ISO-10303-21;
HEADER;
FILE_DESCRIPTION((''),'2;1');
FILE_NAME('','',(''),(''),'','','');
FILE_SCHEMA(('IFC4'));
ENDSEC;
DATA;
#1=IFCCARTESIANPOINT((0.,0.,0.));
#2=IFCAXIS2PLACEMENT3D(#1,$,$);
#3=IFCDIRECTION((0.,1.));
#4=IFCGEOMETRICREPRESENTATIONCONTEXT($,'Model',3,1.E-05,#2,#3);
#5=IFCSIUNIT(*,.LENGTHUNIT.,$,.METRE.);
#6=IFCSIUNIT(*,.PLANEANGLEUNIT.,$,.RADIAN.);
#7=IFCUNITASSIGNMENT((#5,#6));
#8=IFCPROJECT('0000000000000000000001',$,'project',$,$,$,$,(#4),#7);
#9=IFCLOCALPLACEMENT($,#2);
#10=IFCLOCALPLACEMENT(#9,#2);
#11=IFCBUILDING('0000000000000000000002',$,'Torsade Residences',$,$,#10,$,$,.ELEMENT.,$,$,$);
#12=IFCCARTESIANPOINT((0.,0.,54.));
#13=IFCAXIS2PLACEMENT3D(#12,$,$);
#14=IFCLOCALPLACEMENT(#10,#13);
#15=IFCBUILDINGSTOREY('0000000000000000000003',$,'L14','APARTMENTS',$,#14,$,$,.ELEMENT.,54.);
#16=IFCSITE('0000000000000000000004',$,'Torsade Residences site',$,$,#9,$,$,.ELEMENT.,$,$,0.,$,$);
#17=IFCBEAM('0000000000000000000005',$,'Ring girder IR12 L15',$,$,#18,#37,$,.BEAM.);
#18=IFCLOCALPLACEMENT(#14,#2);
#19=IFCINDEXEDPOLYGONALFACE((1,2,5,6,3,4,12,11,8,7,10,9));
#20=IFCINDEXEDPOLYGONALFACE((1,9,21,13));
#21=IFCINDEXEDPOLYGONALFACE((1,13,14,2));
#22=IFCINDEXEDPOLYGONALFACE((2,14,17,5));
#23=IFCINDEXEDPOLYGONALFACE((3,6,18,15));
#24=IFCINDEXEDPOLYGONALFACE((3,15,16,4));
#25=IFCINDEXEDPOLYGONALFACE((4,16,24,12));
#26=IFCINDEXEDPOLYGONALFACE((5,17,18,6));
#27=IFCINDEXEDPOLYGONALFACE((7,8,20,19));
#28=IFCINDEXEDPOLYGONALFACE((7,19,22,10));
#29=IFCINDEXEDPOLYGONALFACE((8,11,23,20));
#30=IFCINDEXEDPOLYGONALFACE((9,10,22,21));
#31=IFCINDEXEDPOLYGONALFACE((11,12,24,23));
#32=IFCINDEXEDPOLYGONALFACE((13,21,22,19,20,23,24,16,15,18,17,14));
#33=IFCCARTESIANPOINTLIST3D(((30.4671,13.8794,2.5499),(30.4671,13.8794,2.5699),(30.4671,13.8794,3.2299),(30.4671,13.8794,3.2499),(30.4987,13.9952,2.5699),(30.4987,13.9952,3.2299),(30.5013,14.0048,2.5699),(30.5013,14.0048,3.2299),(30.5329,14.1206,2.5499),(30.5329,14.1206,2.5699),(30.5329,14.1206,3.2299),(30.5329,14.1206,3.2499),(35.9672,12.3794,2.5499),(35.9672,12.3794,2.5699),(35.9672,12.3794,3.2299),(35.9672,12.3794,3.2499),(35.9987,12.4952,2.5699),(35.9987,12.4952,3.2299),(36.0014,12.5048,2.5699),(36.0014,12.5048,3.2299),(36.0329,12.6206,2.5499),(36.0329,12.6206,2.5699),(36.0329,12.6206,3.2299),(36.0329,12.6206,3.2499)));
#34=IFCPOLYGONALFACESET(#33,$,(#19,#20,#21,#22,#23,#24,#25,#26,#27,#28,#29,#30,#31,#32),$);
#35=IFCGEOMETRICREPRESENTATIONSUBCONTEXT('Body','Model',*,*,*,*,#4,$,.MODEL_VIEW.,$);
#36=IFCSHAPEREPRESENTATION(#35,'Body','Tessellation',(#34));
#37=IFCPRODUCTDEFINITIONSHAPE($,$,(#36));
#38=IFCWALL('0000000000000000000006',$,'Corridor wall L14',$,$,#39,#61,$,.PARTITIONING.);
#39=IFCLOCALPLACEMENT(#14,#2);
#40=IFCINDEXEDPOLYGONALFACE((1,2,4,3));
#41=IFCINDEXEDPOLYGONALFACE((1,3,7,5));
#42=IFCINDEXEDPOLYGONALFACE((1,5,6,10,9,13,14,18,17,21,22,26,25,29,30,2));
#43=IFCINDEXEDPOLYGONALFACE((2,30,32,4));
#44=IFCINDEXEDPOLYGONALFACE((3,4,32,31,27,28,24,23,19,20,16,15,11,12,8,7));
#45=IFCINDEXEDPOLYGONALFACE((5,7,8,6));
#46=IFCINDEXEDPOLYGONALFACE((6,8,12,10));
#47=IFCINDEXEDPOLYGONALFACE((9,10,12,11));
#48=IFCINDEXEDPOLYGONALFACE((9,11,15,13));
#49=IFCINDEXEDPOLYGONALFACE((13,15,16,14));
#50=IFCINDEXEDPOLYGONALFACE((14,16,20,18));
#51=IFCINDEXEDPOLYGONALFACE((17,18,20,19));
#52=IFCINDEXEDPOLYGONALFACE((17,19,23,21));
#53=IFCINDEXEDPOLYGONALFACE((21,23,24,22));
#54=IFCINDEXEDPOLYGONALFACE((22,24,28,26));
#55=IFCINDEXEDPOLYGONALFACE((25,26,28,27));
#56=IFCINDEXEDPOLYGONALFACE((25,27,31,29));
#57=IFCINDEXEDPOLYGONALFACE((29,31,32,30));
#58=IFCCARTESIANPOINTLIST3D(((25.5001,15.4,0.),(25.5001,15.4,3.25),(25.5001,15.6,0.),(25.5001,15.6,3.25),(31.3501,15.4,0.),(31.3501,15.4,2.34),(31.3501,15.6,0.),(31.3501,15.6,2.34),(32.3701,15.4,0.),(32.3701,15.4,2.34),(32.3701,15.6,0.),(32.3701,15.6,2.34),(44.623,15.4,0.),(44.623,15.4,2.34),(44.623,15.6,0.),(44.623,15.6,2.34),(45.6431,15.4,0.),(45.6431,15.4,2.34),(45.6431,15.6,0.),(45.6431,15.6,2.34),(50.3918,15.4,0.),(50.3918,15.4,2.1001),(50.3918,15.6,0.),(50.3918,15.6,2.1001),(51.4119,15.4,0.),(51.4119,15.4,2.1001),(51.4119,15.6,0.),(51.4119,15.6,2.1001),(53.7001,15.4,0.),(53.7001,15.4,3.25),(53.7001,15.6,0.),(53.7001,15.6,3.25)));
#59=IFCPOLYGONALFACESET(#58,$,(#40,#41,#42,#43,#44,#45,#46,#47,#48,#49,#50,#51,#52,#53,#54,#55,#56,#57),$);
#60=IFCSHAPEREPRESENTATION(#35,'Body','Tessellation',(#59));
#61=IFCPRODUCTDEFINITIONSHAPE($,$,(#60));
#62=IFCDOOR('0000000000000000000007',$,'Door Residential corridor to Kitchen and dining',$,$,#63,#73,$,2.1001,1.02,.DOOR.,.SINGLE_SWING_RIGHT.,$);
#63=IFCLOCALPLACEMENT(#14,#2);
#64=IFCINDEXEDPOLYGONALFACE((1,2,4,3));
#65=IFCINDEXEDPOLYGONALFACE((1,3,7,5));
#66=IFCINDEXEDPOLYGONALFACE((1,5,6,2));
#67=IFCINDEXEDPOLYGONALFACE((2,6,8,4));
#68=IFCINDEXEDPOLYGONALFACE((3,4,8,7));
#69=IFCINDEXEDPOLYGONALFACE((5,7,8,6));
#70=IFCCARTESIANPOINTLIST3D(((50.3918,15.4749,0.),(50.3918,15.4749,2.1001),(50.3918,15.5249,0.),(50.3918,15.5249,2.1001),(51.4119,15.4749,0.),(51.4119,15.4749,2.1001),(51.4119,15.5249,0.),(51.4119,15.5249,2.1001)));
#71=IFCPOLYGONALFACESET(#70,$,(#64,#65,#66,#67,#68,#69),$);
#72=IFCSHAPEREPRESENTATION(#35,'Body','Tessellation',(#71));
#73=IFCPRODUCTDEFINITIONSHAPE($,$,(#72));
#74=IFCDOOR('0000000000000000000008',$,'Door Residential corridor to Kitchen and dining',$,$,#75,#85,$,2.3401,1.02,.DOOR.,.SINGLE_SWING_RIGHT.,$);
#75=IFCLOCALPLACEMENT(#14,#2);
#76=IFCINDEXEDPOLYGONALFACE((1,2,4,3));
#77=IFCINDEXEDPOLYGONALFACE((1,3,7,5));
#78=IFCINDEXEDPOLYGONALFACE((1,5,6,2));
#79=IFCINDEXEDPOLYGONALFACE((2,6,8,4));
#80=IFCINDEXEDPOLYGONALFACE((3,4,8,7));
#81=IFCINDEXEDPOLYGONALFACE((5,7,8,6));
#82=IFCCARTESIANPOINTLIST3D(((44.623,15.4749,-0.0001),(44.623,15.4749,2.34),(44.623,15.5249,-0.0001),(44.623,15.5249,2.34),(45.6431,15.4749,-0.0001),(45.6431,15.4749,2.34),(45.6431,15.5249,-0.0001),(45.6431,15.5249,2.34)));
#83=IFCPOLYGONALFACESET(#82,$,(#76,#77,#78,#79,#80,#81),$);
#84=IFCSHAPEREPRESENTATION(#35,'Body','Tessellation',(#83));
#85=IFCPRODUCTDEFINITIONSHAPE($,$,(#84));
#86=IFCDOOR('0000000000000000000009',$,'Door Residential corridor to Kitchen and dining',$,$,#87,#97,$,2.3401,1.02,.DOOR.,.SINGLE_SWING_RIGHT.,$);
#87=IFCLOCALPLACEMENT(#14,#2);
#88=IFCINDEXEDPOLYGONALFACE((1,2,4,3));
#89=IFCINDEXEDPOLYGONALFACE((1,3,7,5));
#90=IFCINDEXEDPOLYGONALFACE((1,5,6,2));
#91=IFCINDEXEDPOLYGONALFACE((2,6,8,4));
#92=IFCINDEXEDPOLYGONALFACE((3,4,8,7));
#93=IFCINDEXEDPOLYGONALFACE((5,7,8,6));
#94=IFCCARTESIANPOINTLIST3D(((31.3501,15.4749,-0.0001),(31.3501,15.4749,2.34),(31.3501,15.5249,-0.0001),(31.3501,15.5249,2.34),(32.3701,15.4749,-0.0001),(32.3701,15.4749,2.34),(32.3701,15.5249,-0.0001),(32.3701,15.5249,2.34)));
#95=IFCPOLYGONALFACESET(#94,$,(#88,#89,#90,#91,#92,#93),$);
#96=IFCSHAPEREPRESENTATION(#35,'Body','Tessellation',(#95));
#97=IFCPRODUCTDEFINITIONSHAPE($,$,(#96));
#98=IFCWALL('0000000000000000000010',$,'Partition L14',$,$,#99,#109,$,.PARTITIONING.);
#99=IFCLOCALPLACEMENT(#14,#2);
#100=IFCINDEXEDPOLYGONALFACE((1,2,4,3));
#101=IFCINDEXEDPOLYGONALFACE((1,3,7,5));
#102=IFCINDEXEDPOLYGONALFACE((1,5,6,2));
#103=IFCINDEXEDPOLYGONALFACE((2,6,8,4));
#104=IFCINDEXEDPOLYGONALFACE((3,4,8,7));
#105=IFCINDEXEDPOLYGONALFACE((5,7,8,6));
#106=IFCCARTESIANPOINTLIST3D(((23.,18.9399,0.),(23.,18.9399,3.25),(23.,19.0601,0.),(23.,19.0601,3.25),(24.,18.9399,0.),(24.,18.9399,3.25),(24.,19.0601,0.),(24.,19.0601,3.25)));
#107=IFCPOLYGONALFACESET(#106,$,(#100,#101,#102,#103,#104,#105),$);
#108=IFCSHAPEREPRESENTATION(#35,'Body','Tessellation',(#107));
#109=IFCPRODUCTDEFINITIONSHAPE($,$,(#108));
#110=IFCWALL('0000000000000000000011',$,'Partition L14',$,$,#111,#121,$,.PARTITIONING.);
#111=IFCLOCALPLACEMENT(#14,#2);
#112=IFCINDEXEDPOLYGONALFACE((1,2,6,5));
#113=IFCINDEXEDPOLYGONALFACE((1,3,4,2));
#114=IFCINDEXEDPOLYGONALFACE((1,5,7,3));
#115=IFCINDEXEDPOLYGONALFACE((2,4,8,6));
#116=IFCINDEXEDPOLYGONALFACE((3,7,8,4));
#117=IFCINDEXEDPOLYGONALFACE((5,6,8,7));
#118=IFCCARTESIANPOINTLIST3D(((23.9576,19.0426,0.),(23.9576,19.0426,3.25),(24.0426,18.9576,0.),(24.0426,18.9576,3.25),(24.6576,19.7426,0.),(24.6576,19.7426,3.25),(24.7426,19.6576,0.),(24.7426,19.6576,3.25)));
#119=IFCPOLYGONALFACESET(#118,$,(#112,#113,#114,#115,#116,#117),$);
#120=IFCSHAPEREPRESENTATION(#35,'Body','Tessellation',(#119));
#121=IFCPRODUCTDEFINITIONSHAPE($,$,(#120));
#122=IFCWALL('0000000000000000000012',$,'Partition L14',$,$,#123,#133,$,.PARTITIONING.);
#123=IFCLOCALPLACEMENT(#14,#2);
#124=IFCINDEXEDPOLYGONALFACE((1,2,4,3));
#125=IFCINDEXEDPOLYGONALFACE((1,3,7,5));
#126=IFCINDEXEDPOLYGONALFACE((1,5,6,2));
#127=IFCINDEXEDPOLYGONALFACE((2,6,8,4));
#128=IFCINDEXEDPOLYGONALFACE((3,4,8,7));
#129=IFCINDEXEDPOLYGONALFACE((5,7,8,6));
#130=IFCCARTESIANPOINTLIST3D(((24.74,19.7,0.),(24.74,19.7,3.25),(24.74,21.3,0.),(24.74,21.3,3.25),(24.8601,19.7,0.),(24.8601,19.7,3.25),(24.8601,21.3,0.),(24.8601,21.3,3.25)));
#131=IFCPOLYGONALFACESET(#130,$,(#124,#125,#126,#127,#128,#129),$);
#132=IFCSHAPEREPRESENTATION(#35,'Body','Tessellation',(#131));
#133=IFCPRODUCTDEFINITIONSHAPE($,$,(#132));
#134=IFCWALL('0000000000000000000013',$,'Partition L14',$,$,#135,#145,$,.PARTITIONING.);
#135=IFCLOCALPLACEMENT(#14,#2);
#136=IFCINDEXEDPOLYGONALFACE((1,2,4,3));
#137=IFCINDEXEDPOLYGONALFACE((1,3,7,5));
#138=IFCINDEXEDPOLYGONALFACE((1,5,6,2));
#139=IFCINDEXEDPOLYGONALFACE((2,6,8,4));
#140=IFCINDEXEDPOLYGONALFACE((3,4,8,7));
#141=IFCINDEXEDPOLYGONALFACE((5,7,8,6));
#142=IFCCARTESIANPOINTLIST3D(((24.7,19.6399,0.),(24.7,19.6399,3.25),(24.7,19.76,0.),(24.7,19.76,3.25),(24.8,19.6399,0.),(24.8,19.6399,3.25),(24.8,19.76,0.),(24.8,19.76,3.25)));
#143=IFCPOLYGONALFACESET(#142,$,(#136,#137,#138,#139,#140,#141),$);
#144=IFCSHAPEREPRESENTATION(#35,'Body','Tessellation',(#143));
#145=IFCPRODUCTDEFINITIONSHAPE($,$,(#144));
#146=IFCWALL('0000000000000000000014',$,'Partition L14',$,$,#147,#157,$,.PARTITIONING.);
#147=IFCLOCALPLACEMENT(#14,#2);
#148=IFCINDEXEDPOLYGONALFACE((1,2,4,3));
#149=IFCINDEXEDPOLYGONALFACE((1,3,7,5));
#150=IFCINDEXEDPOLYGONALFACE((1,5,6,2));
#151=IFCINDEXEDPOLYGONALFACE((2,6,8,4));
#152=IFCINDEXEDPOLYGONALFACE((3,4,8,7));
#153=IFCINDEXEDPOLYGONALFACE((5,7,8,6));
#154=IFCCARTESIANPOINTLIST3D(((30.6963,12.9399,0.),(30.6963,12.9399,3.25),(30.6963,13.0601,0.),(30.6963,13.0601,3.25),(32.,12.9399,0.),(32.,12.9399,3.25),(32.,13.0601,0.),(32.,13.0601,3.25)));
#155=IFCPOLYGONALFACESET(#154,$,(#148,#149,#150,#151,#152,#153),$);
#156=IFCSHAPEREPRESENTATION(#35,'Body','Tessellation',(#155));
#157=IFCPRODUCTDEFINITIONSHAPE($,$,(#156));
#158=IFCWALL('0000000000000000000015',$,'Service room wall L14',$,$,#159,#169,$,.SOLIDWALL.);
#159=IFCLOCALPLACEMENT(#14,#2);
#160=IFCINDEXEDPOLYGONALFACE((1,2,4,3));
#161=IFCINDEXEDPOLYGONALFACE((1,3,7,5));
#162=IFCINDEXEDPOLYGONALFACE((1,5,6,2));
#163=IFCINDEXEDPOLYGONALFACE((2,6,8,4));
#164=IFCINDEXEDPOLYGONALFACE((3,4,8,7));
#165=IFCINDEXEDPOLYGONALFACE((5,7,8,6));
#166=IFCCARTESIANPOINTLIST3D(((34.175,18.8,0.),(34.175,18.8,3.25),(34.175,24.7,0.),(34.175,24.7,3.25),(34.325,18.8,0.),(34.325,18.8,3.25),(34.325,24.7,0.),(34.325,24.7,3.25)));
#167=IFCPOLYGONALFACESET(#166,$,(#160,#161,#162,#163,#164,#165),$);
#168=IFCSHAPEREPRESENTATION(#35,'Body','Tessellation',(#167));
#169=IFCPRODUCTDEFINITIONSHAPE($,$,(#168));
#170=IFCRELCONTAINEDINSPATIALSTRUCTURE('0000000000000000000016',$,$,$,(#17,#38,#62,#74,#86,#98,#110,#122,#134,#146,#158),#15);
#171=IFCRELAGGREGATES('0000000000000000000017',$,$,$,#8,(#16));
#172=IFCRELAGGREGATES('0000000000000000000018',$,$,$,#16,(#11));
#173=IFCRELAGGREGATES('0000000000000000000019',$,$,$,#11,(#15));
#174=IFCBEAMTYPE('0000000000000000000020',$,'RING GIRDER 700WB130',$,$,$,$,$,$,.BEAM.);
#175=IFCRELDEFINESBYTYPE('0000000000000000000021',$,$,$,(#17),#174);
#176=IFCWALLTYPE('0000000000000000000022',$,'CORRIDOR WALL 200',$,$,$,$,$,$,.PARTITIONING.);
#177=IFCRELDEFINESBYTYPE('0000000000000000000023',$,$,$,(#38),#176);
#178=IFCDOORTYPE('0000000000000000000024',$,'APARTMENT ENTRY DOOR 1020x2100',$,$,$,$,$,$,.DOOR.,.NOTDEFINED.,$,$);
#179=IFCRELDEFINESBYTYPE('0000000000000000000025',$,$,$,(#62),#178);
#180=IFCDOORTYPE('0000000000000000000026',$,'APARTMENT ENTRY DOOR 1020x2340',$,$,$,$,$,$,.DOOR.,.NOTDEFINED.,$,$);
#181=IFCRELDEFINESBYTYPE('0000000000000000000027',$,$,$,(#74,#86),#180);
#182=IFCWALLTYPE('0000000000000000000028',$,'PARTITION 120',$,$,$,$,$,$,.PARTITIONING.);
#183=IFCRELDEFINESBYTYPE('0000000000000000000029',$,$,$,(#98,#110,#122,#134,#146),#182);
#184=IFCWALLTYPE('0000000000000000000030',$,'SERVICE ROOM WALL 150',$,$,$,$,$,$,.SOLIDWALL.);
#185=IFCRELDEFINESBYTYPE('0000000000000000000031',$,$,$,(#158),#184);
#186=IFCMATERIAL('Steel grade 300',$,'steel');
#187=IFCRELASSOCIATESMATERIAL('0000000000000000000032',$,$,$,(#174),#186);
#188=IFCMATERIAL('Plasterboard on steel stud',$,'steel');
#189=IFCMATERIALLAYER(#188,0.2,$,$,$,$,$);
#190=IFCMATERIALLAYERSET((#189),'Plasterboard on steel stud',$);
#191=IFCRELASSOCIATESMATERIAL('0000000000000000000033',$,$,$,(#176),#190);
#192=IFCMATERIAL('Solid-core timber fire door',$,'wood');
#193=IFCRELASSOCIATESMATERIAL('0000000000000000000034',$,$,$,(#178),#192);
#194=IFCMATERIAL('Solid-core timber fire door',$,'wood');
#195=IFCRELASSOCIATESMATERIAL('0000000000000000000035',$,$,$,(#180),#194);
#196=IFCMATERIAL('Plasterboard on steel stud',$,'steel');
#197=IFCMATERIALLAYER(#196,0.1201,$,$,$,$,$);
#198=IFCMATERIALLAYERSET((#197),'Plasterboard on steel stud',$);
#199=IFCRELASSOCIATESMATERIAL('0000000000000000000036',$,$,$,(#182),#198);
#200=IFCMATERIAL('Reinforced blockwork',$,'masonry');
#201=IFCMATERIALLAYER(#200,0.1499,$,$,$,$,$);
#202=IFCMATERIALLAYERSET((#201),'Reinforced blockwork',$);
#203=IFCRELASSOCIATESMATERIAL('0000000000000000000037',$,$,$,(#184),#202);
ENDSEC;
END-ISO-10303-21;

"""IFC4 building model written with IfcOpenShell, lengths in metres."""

from ifc_helpers import new_model, si_unit, direction, frame, frame_2d, origin, origin_2d, place, context, subcontext, project, spatial, rectangle, i_section, extrude, material, layer, layer_set, material_profile, profile_set, type_object, element, fill, save


model = new_model("IFC4")

# Units and contexts
model_context = context("Model", 3, precision=1e-05, world=origin(), true_north=direction((0.0, 1.0)))
body_context = subcontext(model_context, "Body", "Model", "MODEL_VIEW")
ifc_project = project(units=[si_unit("LENGTHUNIT", "METRE"), si_unit("PLANEANGLEUNIT", "RADIAN")], contexts=[model_context])

# Site, building, storey
site_placement = place(None, origin())
site = spatial("IfcSite", under=ifc_project, at=site_placement, Name="Torsade Residences site", CompositionType="ELEMENT", RefElevation=0.0)
building_placement = place(site_placement, origin())
building = spatial("IfcBuilding", under=site, at=building_placement, Name="Torsade Residences", CompositionType="ELEMENT")
storey_placement = place(building_placement, frame((0.0, 0.0, 54.0)))
storey = spatial("IfcBuildingStorey", under=building, at=storey_placement, Name="L14", Description="APARTMENTS", CompositionType="ELEMENT", Elevation=54.0)

# Beam
ifc_material_1 = material(Name="Steel grade 300", Category="steel")
ifc_material_profile_1 = material_profile(ifc_material_1, i_section(OverallWidth=0.25, OverallDepth=0.7, WebThickness=0.01, FlangeThickness=0.02, at=origin_2d()), Name="700WB130")
ifc_profile_set_1 = profile_set([ifc_material_profile_1], Name="Steel grade 300")
beam_type_1 = type_object("IfcBeamType", Name="RING GIRDER 700WB130", PredefinedType="BEAM", material=ifc_profile_set_1)
beam_1_placement = place(storey_placement, frame((30.5, 14.0, 2.8999), z_axis=(0.964764, -0.263117, 0.0), x_axis=(0.263117, 0.964764, 0.0)))
element("IfcBeam", 1, at=beam_1_placement, inside=storey, type_object=beam_type_1, Name="Ring girder IR12 L15", PredefinedType="BEAM", context=body_context, shape_type="SweptSolid", body=[
    extrude(i_section(OverallWidth=0.25, OverallDepth=0.7, WebThickness=0.01, FlangeThickness=0.02, at=origin_2d()), origin(), (0.0, 0.0, 1.0), 5.7009),
])

# Wall, openings, doors
ifc_material_2 = material(Name="Plasterboard on steel stud", Category="steel")
ifc_layer_1 = layer(ifc_material_2, 0.2)
ifc_layer_set_1 = layer_set([ifc_layer_1], Name="Plasterboard on steel stud")
wall_type_1 = type_object("IfcWallType", Name="CORRIDOR WALL 200", PredefinedType="PARTITIONING", material=ifc_layer_set_1)
wall_1_placement = place(storey_placement, frame((25.5, 15.5, 0.0), z_axis=(0.0, 0.0, 1.0), x_axis=(1.0, 0.0, 0.0)))
wall_1 = element("IfcWall", 2, at=wall_1_placement, inside=storey, type_object=wall_type_1, Name="Corridor wall L14", PredefinedType="PARTITIONING", context=body_context, shape_type="SweptSolid", body=[
    extrude(rectangle(XDim=28.2, YDim=0.2, at=frame_2d((14.1001, 0.0))), origin(), (0.0, 0.0, 1.0), 3.25),
])
opening_1_placement = place(wall_1_placement, frame((19.123, 0.0, 0.0)))
opening_1 = element("IfcOpeningElement", 3, at=opening_1_placement, cuts=wall_1, PredefinedType="OPENING", context=body_context, shape_type="SweptSolid", body=[
    extrude(rectangle(XDim=1.02, YDim=2.3401, at=frame_2d((0.51, 1.1699))), frame((0.0, 0.1099, 0.0), z_axis=(0.0, -1.0, 0.0), x_axis=(1.0, 0.0, 0.0)), (0.0, 0.0, 1.0), 0.22),
])
opening_2_placement = place(wall_1_placement, frame((5.8501, 0.0, 0.0)))
opening_2 = element("IfcOpeningElement", 4, at=opening_2_placement, cuts=wall_1, PredefinedType="OPENING", context=body_context, shape_type="SweptSolid", body=[
    extrude(rectangle(XDim=1.02, YDim=2.3401, at=frame_2d((0.51, 1.1699))), frame((0.0, 0.1099, 0.0), z_axis=(0.0, -1.0, 0.0), x_axis=(1.0, 0.0, 0.0)), (0.0, 0.0, 1.0), 0.22),
])
opening_3_placement = place(wall_1_placement, frame((24.8918, 0.0, 0.0)))
opening_3 = element("IfcOpeningElement", 5, at=opening_3_placement, cuts=wall_1, PredefinedType="OPENING", context=body_context, shape_type="SweptSolid", body=[
    extrude(rectangle(XDim=1.02, YDim=2.1001, at=frame_2d((0.51, 1.05))), frame((0.0, 0.1099, 0.0), z_axis=(0.0, -1.0, 0.0), x_axis=(1.0, 0.0, 0.0)), (0.0, 0.0, 1.0), 0.22),
])
ifc_material_3 = material(Name="Solid-core timber fire door", Category="wood")
door_type_1 = type_object("IfcDoorType", Name="APARTMENT ENTRY DOOR 1020x2100", OperationType="NOTDEFINED", PredefinedType="DOOR", material=ifc_material_3)
door_1_placement = place(opening_3_placement, origin())
door_1 = element("IfcDoor", 6, at=door_1_placement, inside=storey, type_object=door_type_1, Name="Door Residential corridor to Kitchen and dining", OperationType="SINGLE_SWING_RIGHT", OverallHeight=2.1001, OverallWidth=1.02, PredefinedType="DOOR", context=body_context, shape_type="SweptSolid", body=[
    extrude(rectangle(XDim=1.02, YDim=2.1001, at=frame_2d((0.51, 1.05))), frame((0.0, 0.0249, 0.0), z_axis=(0.0, -1.0, 0.0), x_axis=(1.0, 0.0, 0.0)), (0.0, 0.0, 1.0), 0.05),
])
fill(opening_3, door_1)
ifc_material_4 = material(Name="Solid-core timber fire door", Category="wood")
door_type_2 = type_object("IfcDoorType", Name="APARTMENT ENTRY DOOR 1020x2340", OperationType="NOTDEFINED", PredefinedType="DOOR", material=ifc_material_4)
door_2_placement = place(opening_1_placement, origin())
door_2 = element("IfcDoor", 7, at=door_2_placement, inside=storey, type_object=door_type_2, Name="Door Residential corridor to Kitchen and dining", OperationType="SINGLE_SWING_RIGHT", OverallHeight=2.3401, OverallWidth=1.02, PredefinedType="DOOR", context=body_context, shape_type="SweptSolid", body=[
    extrude(rectangle(XDim=1.02, YDim=2.3401, at=frame_2d((0.51, 1.1699))), frame((0.0, 0.0249, 0.0), z_axis=(0.0, -1.0, 0.0), x_axis=(1.0, 0.0, 0.0)), (0.0, 0.0, 1.0), 0.05),
])
fill(opening_1, door_2)
door_3_placement = place(opening_2_placement, origin())
door_3 = element("IfcDoor", 8, at=door_3_placement, inside=storey, type_object=door_type_2, Name="Door Residential corridor to Kitchen and dining", OperationType="SINGLE_SWING_RIGHT", OverallHeight=2.3401, OverallWidth=1.02, PredefinedType="DOOR", context=body_context, shape_type="SweptSolid", body=[
    extrude(rectangle(XDim=1.02, YDim=2.3401, at=frame_2d((0.51, 1.1699))), frame((0.0, 0.0249, 0.0), z_axis=(0.0, -1.0, 0.0), x_axis=(1.0, 0.0, 0.0)), (0.0, 0.0, 1.0), 0.05),
])
fill(opening_2, door_3)

# Walls
ifc_material_5 = material(Name="Plasterboard on steel stud", Category="steel")
ifc_layer_2 = layer(ifc_material_5, 0.1201)
ifc_layer_set_2 = layer_set([ifc_layer_2], Name="Plasterboard on steel stud")
wall_type_2 = type_object("IfcWallType", Name="PARTITION 120", PredefinedType="PARTITIONING", material=ifc_layer_set_2)
wall_2_placement = place(storey_placement, frame((23.0, 19.0, 0.0), z_axis=(0.0, 0.0, 1.0), x_axis=(1.0, 0.0, 0.0)))
element("IfcWall", 9, at=wall_2_placement, inside=storey, type_object=wall_type_2, Name="Partition L14", PredefinedType="PARTITIONING", context=body_context, shape_type="SweptSolid", body=[
    extrude(rectangle(XDim=1.0, YDim=0.1201, at=frame_2d((0.5, 0.0))), origin(), (0.0, 0.0, 1.0), 3.25),
])
wall_3_placement = place(storey_placement, frame((24.0, 19.0, 0.0), z_axis=(0.0, 0.0, 1.0), x_axis=(0.707107, 0.707107, 0.0)))
element("IfcWall", 10, at=wall_3_placement, inside=storey, type_object=wall_type_2, Name="Partition L14", PredefinedType="PARTITIONING", context=body_context, shape_type="SweptSolid", body=[
    extrude(rectangle(XDim=0.99, YDim=0.1201, at=frame_2d((0.4951, 0.0))), origin(), (0.0, 0.0, 1.0), 3.25),
])
wall_4_placement = place(storey_placement, frame((24.8, 19.7, 0.0), z_axis=(0.0, 0.0, 1.0), x_axis=(0.0, 1.0, 0.0)))
element("IfcWall", 11, at=wall_4_placement, inside=storey, type_object=wall_type_2, Name="Partition L14", PredefinedType="PARTITIONING", context=body_context, shape_type="SweptSolid", body=[
    extrude(rectangle(XDim=1.6001, YDim=0.1201, at=frame_2d((0.8, 0.0))), origin(), (0.0, 0.0, 1.0), 3.25),
])
wall_5_placement = place(storey_placement, frame((24.8, 19.7, 0.0), z_axis=(0.0, 0.0, 1.0), x_axis=(-1.0, 0.0, 0.0)))
element("IfcWall", 12, at=wall_5_placement, inside=storey, type_object=wall_type_2, Name="Partition L14", PredefinedType="PARTITIONING", context=body_context, shape_type="SweptSolid", body=[
    extrude(rectangle(XDim=0.1001, YDim=0.1201, at=frame_2d((0.05, 0.0))), origin(), (0.0, 0.0, 1.0), 3.25),
])
wall_6_placement = place(storey_placement, frame((32.0, 13.0, 0.0), z_axis=(0.0, 0.0, 1.0), x_axis=(-1.0, 0.0, 0.0)))
element("IfcWall", 13, at=wall_6_placement, inside=storey, type_object=wall_type_2, Name="Partition L14", PredefinedType="PARTITIONING", context=body_context, shape_type="SweptSolid", body=[
    extrude(rectangle(XDim=1.3037, YDim=0.1201, at=frame_2d((0.6519, 0.0))), origin(), (0.0, 0.0, 1.0), 3.25),
])
ifc_material_6 = material(Name="Reinforced blockwork", Category="masonry")
ifc_layer_3 = layer(ifc_material_6, 0.1499)
ifc_layer_set_3 = layer_set([ifc_layer_3], Name="Reinforced blockwork")
wall_type_3 = type_object("IfcWallType", Name="SERVICE ROOM WALL 150", PredefinedType="SOLIDWALL", material=ifc_layer_set_3)
wall_7_placement = place(storey_placement, frame((34.25, 18.8, 0.0), z_axis=(0.0, 0.0, 1.0), x_axis=(0.0, 1.0, 0.0)))
element("IfcWall", 14, at=wall_7_placement, inside=storey, type_object=wall_type_3, Name="Service room wall L14", PredefinedType="SOLIDWALL", context=body_context, shape_type="SweptSolid", body=[
    extrude(rectangle(XDim=5.8999, YDim=0.1499, at=frame_2d((2.95, 0.0))), origin(), (0.0, 0.0, 1.0), 3.25),
])

save(model, "model.ifc")
